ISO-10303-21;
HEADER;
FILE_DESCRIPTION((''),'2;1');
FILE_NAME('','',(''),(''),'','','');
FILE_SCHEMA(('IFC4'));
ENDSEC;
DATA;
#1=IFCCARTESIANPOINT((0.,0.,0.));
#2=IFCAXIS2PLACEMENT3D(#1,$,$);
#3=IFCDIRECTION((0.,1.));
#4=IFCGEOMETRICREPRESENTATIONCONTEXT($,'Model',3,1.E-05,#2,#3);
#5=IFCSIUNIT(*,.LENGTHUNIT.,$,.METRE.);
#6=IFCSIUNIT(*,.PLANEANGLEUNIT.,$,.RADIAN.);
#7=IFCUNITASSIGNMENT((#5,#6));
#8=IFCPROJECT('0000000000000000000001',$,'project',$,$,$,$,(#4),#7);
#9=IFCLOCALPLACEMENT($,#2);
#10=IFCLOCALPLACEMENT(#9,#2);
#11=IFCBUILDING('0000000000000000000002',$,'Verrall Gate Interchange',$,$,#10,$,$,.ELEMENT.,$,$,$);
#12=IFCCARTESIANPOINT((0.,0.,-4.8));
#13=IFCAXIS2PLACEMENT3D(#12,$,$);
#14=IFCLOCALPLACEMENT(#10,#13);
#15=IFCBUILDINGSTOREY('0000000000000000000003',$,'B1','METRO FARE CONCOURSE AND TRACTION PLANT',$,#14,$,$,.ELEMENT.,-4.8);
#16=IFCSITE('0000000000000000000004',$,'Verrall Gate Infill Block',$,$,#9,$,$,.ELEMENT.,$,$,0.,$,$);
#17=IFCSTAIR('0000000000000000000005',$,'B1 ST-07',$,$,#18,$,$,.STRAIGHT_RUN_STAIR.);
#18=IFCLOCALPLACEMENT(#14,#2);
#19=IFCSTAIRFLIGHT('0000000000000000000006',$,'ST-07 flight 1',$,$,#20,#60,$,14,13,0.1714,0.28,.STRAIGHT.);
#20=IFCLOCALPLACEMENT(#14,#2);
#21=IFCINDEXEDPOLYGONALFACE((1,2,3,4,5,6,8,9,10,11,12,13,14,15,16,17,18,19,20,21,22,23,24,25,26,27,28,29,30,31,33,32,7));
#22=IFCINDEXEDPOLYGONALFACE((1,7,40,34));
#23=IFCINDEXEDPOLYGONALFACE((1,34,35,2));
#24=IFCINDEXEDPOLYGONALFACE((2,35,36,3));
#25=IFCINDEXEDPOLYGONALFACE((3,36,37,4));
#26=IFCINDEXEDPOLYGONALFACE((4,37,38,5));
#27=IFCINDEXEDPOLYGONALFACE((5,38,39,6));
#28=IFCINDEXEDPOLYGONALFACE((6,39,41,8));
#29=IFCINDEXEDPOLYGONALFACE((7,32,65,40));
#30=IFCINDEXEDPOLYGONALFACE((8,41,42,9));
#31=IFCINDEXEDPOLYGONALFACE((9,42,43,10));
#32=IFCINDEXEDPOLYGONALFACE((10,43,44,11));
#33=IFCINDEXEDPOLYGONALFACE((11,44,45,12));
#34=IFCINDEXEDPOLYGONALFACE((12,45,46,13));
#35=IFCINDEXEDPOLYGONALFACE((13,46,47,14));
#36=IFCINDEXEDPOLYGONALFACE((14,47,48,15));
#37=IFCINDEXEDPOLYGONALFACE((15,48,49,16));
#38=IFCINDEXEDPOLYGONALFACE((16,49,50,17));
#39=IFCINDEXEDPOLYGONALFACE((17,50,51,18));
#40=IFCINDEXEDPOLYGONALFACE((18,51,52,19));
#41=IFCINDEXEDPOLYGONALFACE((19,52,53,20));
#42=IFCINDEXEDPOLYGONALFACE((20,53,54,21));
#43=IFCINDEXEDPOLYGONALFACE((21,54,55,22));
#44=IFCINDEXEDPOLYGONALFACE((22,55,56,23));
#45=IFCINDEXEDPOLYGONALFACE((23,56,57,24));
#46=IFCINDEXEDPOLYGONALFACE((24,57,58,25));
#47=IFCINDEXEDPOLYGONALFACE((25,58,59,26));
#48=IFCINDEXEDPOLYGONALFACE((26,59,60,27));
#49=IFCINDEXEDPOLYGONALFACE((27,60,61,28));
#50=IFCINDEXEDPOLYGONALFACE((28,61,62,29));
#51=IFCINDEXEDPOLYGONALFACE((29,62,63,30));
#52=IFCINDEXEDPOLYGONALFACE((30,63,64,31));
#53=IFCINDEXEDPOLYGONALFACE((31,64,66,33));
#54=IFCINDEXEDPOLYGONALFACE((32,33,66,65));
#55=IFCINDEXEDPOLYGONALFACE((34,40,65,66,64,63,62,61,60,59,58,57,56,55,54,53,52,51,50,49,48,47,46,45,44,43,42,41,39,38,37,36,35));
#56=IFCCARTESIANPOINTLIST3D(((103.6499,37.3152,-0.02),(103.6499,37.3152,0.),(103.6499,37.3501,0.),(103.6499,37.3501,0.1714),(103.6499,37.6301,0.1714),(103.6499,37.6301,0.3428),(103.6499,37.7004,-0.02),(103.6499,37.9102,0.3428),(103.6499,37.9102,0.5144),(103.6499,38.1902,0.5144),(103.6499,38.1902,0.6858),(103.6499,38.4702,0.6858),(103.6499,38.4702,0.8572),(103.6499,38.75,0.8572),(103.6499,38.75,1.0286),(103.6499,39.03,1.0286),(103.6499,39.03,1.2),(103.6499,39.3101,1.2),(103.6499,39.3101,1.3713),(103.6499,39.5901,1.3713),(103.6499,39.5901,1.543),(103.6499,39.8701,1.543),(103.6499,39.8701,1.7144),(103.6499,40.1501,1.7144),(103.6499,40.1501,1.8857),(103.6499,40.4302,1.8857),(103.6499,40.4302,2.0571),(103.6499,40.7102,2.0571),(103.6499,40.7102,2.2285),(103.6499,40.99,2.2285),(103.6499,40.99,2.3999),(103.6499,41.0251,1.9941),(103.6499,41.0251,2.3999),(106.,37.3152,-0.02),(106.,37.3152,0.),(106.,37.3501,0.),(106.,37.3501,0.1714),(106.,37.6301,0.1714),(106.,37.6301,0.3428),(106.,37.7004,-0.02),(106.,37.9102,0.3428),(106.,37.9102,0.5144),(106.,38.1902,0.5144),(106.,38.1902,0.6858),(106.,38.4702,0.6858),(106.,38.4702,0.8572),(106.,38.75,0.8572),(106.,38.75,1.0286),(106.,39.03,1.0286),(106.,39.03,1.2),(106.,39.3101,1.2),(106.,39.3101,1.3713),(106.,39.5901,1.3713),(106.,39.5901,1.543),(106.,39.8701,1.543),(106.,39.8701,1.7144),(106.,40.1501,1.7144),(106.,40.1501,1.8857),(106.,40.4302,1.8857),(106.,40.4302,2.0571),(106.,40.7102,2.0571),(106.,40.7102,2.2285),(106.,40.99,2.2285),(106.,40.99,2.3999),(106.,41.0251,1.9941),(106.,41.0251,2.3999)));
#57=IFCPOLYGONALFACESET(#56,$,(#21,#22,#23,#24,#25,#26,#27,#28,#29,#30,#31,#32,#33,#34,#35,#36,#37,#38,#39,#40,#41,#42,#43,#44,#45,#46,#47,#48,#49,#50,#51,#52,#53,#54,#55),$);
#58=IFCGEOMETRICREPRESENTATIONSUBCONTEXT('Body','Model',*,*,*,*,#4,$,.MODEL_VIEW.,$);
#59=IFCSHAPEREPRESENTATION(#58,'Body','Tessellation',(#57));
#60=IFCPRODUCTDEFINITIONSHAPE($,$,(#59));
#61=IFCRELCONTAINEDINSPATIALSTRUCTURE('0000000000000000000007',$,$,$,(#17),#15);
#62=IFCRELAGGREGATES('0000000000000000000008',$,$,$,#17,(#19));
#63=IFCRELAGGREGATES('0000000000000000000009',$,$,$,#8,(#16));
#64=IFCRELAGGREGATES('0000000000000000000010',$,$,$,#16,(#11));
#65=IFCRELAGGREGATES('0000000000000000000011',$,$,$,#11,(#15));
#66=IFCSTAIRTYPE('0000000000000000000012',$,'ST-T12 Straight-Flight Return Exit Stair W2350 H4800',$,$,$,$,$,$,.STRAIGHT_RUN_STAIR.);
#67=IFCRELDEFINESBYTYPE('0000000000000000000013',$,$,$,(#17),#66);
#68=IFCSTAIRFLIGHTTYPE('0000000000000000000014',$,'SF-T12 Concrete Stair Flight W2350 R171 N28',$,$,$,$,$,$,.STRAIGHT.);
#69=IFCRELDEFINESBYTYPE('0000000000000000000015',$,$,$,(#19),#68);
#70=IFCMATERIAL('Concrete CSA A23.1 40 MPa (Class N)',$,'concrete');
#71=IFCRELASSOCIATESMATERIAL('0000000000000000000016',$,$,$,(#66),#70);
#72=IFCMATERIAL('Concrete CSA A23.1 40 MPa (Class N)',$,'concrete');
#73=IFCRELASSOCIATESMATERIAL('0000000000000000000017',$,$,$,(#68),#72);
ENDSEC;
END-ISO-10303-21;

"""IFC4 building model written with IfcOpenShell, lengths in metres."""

from ifc_helpers import new_model, si_unit, direction, frame, origin, place, context, subcontext, project, spatial, polyline, outline, extrude, material, type_object, element, aggregate, save


model = new_model("IFC4")

# Units and contexts
model_context = context("Model", 3, precision=1e-05, world=origin(), true_north=direction((0.0, 1.0)))
body_context = subcontext(model_context, "Body", "Model", "MODEL_VIEW")
ifc_project = project(units=[si_unit("LENGTHUNIT", "METRE"), si_unit("PLANEANGLEUNIT", "RADIAN")], contexts=[model_context])

# Site, building, storey
site_placement = place(None, origin())
site = spatial("IfcSite", under=ifc_project, at=site_placement, Name="Verrall Gate Infill Block", CompositionType="ELEMENT", RefElevation=0.0)
building_placement = place(site_placement, origin())
building = spatial("IfcBuilding", under=site, at=building_placement, Name="Verrall Gate Interchange", CompositionType="ELEMENT")
storey_placement = place(building_placement, frame((0.0, 0.0, -4.8)))
storey = spatial("IfcBuildingStorey", under=building, at=storey_placement, Name="B1", Description="METRO FARE CONCOURSE AND TRACTION PLANT", CompositionType="ELEMENT", Elevation=-4.8)

# Stair, stair flight
ifc_material_1 = material(Name="Concrete CSA A23.1 40 MPa (Class N)", Category="concrete")
stair_type = type_object("IfcStairType", Name="ST-T12 Straight-Flight Return Exit Stair W2350 H4800", PredefinedType="STRAIGHT_RUN_STAIR", material=ifc_material_1)
stair_placement = place(storey_placement, origin())
stair = element("IfcStair", 1, at=stair_placement, inside=storey, type_object=stair_type, Name="B1 ST-07", PredefinedType="STRAIGHT_RUN_STAIR")
ifc_material_2 = material(Name="Concrete CSA A23.1 40 MPa (Class N)", Category="concrete")
stair_flight_type = type_object("IfcStairFlightType", Name="SF-T12 Concrete Stair Flight W2350 R171 N28", PredefinedType="STRAIGHT", material=ifc_material_2)
stair_flight_placement = place(storey_placement, frame((104.825, 37.3501, 0.0), z_axis=(0.0, 0.0, 1.0), x_axis=(0.0, 1.0, 0.0)))
stair_flight = element("IfcStairFlight", 2, at=stair_flight_placement, type_object=stair_flight_type, Name="ST-07 flight 1", NumberOfRisers=14, NumberOfTreads=13, PredefinedType="STRAIGHT", RiserHeight=0.1714, TreadLength=0.28, context=body_context, shape_type="SweptSolid", body=[
    extrude(outline(polyline([(-0.0349, -0.02), (-0.0349, 0.0), (0.0, 0.0), (0.0, 0.1714), (0.28, 0.1714), (0.28, 0.3428), (0.5601, 0.3428), (0.5601, 0.5144), (0.8401, 0.5144), (0.8401, 0.6858), (1.1201, 0.6858), (1.1201, 0.8572), (1.3999, 0.8572), (1.3999, 1.0286), (1.6799, 1.0286), (1.6799, 1.2), (1.96, 1.2), (1.96, 1.3713), (2.24, 1.3713), (2.24, 1.543), (2.52, 1.543), (2.52, 1.7144), (2.8, 1.7144), (2.8, 1.8857), (3.0801, 1.8857), (3.0801, 2.0571), (3.3601, 2.0571), (3.3601, 2.2285), (3.6399, 2.2285), (3.6399, 2.3999), (3.675, 2.3999), (3.675, 1.9941), (0.3503, -0.02), (-0.0349, -0.02)])), frame((0.0, 1.175, 0.0), z_axis=(0.0, -1.0, 0.0), x_axis=(1.0, 0.0, 0.0)), (0.0, 0.0, 1.0), 2.3501),
])
aggregate(stair, [stair_flight])

save(model, "model.ifc")
